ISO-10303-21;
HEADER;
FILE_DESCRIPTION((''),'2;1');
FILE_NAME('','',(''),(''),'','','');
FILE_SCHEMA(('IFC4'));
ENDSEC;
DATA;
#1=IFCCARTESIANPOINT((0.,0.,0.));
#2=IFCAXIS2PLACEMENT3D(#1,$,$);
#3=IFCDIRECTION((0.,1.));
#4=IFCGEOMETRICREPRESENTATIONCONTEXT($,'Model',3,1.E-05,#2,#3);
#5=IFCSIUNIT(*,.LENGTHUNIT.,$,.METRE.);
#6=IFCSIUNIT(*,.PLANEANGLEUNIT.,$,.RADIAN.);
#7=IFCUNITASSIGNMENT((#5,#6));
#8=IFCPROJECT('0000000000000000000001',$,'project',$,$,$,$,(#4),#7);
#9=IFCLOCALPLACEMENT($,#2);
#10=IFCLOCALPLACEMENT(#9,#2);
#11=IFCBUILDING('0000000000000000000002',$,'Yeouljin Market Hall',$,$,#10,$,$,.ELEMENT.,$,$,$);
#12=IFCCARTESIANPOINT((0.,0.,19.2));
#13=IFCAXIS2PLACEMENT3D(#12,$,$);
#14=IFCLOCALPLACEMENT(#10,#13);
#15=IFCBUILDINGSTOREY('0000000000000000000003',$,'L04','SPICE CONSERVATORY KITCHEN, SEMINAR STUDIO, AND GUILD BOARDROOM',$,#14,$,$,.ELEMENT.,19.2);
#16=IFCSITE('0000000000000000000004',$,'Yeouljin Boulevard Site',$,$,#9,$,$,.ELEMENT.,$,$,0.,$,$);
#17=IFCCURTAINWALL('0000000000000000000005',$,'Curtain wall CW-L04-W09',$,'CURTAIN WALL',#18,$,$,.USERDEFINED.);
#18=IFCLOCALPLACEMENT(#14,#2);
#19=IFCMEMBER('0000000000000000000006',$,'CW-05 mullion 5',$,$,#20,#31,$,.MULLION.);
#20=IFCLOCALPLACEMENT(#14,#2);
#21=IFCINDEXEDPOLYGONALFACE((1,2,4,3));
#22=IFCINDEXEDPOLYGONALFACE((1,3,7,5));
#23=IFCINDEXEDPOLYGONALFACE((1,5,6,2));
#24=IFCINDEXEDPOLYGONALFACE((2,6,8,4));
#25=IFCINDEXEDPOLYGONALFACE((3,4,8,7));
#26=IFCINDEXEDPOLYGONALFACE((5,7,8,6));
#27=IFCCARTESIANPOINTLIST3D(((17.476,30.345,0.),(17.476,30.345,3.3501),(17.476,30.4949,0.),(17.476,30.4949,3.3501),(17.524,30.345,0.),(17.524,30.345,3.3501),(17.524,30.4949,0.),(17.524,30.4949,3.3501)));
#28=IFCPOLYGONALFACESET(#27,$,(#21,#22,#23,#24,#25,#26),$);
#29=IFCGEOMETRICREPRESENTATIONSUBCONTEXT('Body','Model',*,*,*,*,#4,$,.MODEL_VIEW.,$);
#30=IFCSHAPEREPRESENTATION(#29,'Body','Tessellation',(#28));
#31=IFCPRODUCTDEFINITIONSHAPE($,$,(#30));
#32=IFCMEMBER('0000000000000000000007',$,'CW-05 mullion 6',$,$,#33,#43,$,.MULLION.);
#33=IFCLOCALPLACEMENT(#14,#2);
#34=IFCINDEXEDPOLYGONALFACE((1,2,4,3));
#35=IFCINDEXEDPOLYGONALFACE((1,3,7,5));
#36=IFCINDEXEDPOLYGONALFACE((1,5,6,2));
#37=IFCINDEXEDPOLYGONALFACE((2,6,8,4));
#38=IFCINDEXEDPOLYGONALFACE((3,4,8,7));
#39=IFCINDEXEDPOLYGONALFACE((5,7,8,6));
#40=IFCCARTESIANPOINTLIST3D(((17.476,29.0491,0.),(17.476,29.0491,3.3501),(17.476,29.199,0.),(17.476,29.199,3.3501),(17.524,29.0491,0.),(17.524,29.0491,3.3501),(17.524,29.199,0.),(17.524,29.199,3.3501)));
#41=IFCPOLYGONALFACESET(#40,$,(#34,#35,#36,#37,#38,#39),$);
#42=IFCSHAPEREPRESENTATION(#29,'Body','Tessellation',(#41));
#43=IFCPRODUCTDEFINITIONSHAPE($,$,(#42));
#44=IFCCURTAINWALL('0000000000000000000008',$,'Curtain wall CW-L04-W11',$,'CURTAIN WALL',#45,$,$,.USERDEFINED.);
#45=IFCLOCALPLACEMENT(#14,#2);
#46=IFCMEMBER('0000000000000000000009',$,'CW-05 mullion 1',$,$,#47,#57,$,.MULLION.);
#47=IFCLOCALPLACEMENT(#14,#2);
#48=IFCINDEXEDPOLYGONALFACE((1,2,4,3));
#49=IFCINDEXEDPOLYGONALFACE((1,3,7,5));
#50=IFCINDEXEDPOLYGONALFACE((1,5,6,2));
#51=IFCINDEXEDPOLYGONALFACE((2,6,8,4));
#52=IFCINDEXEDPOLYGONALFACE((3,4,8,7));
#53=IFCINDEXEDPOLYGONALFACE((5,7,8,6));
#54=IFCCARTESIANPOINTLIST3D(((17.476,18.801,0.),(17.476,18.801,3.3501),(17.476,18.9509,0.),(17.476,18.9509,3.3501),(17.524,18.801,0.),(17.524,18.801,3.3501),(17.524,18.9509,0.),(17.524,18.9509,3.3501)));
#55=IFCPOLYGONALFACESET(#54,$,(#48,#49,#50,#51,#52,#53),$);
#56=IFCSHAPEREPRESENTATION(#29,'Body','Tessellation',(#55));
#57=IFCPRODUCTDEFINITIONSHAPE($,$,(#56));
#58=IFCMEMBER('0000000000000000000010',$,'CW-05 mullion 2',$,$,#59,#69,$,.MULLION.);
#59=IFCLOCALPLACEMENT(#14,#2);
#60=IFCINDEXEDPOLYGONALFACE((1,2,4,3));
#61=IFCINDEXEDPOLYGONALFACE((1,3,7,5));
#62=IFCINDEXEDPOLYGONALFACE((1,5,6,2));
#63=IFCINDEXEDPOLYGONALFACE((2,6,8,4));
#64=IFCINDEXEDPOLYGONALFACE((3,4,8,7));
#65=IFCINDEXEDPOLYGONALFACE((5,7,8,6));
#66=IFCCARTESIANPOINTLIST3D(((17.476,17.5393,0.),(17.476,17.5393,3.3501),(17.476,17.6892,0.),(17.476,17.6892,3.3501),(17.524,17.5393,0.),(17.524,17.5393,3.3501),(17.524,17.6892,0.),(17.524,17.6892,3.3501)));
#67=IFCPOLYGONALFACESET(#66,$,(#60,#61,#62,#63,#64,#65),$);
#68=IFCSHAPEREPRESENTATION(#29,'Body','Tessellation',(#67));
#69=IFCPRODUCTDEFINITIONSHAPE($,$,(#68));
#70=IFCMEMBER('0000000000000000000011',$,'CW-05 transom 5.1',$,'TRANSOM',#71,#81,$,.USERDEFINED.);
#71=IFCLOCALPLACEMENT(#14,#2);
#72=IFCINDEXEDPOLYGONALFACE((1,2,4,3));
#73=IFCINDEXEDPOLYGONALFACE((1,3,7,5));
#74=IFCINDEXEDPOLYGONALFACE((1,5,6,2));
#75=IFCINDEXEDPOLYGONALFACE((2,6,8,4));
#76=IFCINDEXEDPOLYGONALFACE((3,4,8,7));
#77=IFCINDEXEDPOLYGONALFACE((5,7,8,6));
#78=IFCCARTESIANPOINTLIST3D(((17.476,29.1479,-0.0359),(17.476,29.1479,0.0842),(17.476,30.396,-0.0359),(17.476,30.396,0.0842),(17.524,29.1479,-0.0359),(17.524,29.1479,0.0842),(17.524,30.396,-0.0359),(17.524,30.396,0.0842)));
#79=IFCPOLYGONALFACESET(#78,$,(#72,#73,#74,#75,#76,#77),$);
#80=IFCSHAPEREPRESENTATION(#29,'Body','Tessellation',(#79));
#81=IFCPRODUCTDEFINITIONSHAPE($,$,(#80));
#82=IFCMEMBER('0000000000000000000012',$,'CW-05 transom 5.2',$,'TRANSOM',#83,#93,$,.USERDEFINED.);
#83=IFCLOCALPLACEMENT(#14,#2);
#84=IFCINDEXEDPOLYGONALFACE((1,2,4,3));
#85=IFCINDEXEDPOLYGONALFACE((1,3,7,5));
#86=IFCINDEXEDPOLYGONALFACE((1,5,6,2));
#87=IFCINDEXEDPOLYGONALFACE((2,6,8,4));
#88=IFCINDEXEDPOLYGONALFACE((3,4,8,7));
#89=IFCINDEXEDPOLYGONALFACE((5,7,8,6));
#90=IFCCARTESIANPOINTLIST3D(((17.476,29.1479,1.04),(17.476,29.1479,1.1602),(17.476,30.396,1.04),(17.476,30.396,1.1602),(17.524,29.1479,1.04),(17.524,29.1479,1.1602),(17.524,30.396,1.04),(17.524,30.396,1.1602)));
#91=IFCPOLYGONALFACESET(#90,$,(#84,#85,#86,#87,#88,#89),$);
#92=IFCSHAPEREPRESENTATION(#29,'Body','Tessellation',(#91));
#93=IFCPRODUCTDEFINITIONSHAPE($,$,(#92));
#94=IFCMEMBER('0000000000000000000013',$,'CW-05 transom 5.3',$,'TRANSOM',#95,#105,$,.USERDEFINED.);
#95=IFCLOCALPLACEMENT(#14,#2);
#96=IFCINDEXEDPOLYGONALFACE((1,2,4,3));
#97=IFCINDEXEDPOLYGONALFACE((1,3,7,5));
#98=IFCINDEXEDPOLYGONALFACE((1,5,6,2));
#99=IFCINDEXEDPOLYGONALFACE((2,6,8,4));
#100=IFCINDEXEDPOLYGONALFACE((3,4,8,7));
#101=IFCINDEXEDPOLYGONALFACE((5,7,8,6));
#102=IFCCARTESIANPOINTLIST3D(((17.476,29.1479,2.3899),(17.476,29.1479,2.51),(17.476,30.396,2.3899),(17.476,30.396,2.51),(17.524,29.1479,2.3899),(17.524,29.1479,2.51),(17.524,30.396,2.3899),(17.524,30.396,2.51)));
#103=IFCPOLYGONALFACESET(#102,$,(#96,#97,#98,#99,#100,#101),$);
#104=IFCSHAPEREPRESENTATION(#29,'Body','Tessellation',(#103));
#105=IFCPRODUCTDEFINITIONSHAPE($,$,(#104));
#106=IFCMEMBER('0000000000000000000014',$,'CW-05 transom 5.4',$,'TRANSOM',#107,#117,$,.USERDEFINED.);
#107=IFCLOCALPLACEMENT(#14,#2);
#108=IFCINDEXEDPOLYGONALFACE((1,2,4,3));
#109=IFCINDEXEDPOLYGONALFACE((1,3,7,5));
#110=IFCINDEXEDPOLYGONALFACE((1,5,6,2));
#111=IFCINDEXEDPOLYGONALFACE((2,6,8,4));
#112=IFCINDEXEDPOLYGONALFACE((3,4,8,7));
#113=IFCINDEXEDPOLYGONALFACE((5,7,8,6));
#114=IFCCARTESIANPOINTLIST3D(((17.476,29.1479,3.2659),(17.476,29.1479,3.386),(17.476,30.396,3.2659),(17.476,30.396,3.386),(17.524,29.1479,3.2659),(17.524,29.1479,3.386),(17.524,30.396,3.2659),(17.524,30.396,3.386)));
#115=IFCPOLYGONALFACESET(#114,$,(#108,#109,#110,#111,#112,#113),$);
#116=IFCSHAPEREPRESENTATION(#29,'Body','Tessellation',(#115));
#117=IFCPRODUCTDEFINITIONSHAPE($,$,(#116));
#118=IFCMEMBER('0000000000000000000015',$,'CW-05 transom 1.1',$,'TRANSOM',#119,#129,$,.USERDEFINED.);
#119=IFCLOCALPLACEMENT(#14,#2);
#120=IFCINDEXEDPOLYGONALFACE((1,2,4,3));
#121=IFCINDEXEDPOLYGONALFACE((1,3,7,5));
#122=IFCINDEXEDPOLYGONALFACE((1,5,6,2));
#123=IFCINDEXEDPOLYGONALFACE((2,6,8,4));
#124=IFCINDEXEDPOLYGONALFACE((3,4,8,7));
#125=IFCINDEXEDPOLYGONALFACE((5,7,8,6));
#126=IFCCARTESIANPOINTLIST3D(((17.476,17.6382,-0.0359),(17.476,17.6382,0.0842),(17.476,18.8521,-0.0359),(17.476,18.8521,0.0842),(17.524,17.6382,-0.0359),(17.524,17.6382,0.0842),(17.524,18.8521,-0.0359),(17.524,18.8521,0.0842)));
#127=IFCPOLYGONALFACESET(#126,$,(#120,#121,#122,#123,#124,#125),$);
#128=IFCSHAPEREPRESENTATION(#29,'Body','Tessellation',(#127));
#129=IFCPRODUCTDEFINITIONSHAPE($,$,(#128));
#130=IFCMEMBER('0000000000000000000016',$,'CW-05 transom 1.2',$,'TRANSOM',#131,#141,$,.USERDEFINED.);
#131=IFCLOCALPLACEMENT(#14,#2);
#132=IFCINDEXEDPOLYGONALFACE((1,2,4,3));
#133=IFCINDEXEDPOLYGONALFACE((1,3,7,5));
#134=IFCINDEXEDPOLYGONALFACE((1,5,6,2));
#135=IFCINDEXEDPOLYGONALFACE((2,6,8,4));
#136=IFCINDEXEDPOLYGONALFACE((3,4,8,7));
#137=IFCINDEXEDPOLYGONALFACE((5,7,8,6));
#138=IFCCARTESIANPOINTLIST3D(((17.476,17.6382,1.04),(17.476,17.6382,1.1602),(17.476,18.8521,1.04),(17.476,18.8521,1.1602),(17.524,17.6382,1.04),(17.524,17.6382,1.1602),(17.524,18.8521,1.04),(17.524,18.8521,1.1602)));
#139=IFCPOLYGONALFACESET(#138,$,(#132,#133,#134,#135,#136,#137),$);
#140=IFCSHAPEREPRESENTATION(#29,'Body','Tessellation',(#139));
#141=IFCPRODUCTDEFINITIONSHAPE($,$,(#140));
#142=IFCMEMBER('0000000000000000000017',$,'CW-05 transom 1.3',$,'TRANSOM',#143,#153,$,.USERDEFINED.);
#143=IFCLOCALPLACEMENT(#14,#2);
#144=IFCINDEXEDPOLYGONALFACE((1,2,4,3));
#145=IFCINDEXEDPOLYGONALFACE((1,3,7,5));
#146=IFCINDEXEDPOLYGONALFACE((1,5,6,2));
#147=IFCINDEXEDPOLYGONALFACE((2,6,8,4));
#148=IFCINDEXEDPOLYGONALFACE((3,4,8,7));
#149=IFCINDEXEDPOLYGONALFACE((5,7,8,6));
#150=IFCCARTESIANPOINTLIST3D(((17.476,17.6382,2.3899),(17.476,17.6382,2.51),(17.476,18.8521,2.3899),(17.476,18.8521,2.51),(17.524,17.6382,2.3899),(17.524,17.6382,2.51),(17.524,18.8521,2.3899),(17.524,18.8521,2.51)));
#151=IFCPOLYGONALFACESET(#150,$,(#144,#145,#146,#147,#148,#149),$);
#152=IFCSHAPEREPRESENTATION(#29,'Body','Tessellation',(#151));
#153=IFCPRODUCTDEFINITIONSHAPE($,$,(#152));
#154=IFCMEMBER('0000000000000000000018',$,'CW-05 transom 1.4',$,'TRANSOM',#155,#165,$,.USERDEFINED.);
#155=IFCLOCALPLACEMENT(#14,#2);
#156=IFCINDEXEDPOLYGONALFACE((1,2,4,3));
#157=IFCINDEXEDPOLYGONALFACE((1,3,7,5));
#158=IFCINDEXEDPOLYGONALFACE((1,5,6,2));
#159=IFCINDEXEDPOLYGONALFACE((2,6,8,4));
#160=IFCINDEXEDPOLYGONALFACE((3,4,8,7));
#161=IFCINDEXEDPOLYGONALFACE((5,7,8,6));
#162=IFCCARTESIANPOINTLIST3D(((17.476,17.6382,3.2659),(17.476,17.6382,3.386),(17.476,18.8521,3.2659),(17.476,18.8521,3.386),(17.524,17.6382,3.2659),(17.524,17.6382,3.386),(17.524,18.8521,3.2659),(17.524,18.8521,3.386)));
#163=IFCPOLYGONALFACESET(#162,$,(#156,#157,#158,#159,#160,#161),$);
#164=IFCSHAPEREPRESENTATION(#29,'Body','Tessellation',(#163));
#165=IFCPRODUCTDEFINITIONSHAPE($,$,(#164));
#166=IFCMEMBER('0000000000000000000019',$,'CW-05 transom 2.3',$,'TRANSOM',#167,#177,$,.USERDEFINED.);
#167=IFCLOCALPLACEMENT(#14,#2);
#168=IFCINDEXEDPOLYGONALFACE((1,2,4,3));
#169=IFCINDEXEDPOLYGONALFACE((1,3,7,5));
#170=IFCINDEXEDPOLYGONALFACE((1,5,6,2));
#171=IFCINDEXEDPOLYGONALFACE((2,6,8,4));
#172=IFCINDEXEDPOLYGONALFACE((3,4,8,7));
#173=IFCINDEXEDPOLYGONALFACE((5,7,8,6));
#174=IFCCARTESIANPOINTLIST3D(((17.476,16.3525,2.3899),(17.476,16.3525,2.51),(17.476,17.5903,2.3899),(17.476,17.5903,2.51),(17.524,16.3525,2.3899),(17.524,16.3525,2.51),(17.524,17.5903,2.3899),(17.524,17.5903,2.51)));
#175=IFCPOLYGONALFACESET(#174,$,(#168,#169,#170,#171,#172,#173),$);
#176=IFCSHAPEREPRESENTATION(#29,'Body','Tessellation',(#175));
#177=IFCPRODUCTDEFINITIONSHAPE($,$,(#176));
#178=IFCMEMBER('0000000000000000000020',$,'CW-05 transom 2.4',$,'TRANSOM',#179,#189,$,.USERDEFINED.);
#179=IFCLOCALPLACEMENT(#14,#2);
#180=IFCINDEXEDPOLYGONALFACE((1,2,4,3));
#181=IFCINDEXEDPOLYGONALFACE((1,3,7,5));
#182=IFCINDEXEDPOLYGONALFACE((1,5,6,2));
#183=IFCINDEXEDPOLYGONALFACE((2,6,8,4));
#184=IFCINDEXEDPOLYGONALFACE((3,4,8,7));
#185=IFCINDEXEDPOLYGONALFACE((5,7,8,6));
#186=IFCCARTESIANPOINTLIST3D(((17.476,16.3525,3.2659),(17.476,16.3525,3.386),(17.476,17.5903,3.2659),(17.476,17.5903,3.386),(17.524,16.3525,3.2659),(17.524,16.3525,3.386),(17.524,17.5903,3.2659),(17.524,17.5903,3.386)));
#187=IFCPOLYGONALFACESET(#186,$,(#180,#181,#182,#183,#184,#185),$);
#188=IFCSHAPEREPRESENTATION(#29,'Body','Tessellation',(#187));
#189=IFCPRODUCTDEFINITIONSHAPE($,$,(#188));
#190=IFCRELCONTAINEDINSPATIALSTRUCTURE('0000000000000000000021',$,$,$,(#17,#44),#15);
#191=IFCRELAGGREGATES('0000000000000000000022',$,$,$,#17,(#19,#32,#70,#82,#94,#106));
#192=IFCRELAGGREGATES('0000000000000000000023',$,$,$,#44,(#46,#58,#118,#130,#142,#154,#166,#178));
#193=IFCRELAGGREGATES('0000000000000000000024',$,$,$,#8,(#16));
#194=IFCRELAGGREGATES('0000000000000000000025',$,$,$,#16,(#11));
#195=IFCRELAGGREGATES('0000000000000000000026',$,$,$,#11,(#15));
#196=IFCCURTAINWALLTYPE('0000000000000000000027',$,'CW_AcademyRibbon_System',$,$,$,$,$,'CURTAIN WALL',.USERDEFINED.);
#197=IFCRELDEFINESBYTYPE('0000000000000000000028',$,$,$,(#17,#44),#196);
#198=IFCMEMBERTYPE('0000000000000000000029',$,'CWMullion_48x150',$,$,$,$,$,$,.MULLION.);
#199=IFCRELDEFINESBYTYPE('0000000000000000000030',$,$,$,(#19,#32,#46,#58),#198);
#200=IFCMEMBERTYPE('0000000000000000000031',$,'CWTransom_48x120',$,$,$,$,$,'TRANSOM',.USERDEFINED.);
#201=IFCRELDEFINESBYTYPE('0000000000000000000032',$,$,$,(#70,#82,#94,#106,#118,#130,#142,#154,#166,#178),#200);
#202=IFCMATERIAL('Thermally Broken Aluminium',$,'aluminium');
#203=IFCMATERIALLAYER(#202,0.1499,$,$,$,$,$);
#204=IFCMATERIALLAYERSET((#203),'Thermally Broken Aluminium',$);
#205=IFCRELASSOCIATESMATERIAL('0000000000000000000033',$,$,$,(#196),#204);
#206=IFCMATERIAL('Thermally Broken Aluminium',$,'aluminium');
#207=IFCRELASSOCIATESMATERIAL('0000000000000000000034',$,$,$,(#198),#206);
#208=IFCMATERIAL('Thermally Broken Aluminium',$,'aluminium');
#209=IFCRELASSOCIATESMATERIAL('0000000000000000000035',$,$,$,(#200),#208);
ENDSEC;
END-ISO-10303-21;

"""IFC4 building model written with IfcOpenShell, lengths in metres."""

from ifc_helpers import new_model, si_unit, direction, frame, origin, origin_2d, place, context, subcontext, project, spatial, rectangle, extrude, material, layer, layer_set, material_profile, profile_set, type_object, element, aggregate, save


model = new_model("IFC4")

# Units and contexts
model_context = context("Model", 3, precision=1e-05, world=origin(), true_north=direction((0.0, 1.0)))
body_context = subcontext(model_context, "Body", "Model", "MODEL_VIEW")
ifc_project = project(units=[si_unit("LENGTHUNIT", "METRE"), si_unit("PLANEANGLEUNIT", "RADIAN")], contexts=[model_context])

# Site, building, storey
site_placement = place(None, origin())
site = spatial("IfcSite", under=ifc_project, at=site_placement, Name="Yeouljin Boulevard Site", CompositionType="ELEMENT", RefElevation=0.0)
building_placement = place(site_placement, origin())
building = spatial("IfcBuilding", under=site, at=building_placement, Name="Yeouljin Market Hall", CompositionType="ELEMENT")
storey_placement = place(building_placement, frame((0.0, 0.0, 19.2)))
storey = spatial("IfcBuildingStorey", under=building, at=storey_placement, Name="L04", Description="SPICE CONSERVATORY KITCHEN, SEMINAR STUDIO, AND GUILD BOARDROOM", CompositionType="ELEMENT", Elevation=19.2)

# Curtain walls, members
ifc_material_1 = material(Name="Thermally Broken Aluminium", Category="aluminium")
ifc_layer_1 = layer(ifc_material_1, 0.1499)
ifc_layer_set_1 = layer_set([ifc_layer_1], Name="Thermally Broken Aluminium")
curtain_wall_type = type_object("IfcCurtainWallType", Name="CW_AcademyRibbon_System", ElementType="CURTAIN WALL", PredefinedType="USERDEFINED", material=ifc_layer_set_1)
curtain_wall_1_placement = place(storey_placement, origin())
curtain_wall_1 = element("IfcCurtainWall", 1, at=curtain_wall_1_placement, inside=storey, type_object=curtain_wall_type, Name="Curtain wall CW-L04-W09", ObjectType="CURTAIN WALL", PredefinedType="USERDEFINED")
ifc_material_2 = material(Name="Thermally Broken Aluminium", Category="aluminium")
ifc_material_profile_1 = material_profile(ifc_material_2, rectangle(XDim=0.0481, YDim=0.1499, at=origin_2d()), Name="CW-MULL-48x150")
ifc_profile_set_1 = profile_set([ifc_material_profile_1], Name="Thermally Broken Aluminium")
member_type_1 = type_object("IfcMemberType", Name="CWMullion_48x150", PredefinedType="MULLION", material=ifc_profile_set_1)
member_1_placement = place(storey_placement, frame((17.5, 30.4199, 0.0), z_axis=(0.0, 0.0, 1.0), x_axis=(1.0, 0.0, 0.0)))
member_1 = element("IfcMember", 2, at=member_1_placement, type_object=member_type_1, Name="CW-05 mullion 5", PredefinedType="MULLION", context=body_context, shape_type="SweptSolid", body=[
    extrude(rectangle(XDim=0.0481, YDim=0.1499, at=origin_2d()), origin(), (0.0, 0.0, 1.0), 3.3501),
])
member_2_placement = place(storey_placement, frame((17.5, 29.124, 0.0), z_axis=(0.0, 0.0, 1.0), x_axis=(1.0, 0.0, 0.0)))
member_2 = element("IfcMember", 3, at=member_2_placement, type_object=member_type_1, Name="CW-05 mullion 6", PredefinedType="MULLION", context=body_context, shape_type="SweptSolid", body=[
    extrude(rectangle(XDim=0.0481, YDim=0.1499, at=origin_2d()), origin(), (0.0, 0.0, 1.0), 3.3501),
])
curtain_wall_2_placement = place(storey_placement, origin())
curtain_wall_2 = element("IfcCurtainWall", 4, at=curtain_wall_2_placement, inside=storey, type_object=curtain_wall_type, Name="Curtain wall CW-L04-W11", ObjectType="CURTAIN WALL", PredefinedType="USERDEFINED")
member_3_placement = place(storey_placement, frame((17.5, 18.876, 0.0), z_axis=(0.0, 0.0, 1.0), x_axis=(1.0, 0.0, 0.0)))
member_3 = element("IfcMember", 5, at=member_3_placement, type_object=member_type_1, Name="CW-05 mullion 1", PredefinedType="MULLION", context=body_context, shape_type="SweptSolid", body=[
    extrude(rectangle(XDim=0.0481, YDim=0.1499, at=origin_2d()), origin(), (0.0, 0.0, 1.0), 3.3501),
])
member_4_placement = place(storey_placement, frame((17.5, 17.6143, 0.0), z_axis=(0.0, 0.0, 1.0), x_axis=(1.0, 0.0, 0.0)))
member_4 = element("IfcMember", 6, at=member_4_placement, type_object=member_type_1, Name="CW-05 mullion 2", PredefinedType="MULLION", context=body_context, shape_type="SweptSolid", body=[
    extrude(rectangle(XDim=0.0481, YDim=0.1499, at=origin_2d()), origin(), (0.0, 0.0, 1.0), 3.3501),
])

# Members
ifc_material_3 = material(Name="Thermally Broken Aluminium", Category="aluminium")
ifc_material_profile_2 = material_profile(ifc_material_3, rectangle(XDim=0.0481, YDim=0.1201, at=origin_2d()), Name="CW-TRAN-48x120")
ifc_profile_set_2 = profile_set([ifc_material_profile_2], Name="Thermally Broken Aluminium")
member_type_2 = type_object("IfcMemberType", Name="CWTransom_48x120", ElementType="TRANSOM", PredefinedType="USERDEFINED", material=ifc_profile_set_2)
member_5_placement = place(storey_placement, frame((17.5, 30.396, 0.0242), z_axis=(0.0, -1.0, 0.0), x_axis=(1.0, 0.0, 0.0)))
member_5 = element("IfcMember", 7, at=member_5_placement, type_object=member_type_2, Name="CW-05 transom 5.1", ObjectType="TRANSOM", PredefinedType="USERDEFINED", context=body_context, shape_type="SweptSolid", body=[
    extrude(rectangle(XDim=0.0481, YDim=0.1201, at=origin_2d()), origin(), (0.0, 0.0, 1.0), 1.248),
])
member_6_placement = place(storey_placement, frame((17.5, 30.396, 1.1001), z_axis=(0.0, -1.0, 0.0), x_axis=(1.0, 0.0, 0.0)))
member_6 = element("IfcMember", 8, at=member_6_placement, type_object=member_type_2, Name="CW-05 transom 5.2", ObjectType="TRANSOM", PredefinedType="USERDEFINED", context=body_context, shape_type="SweptSolid", body=[
    extrude(rectangle(XDim=0.0481, YDim=0.1201, at=origin_2d()), origin(), (0.0, 0.0, 1.0), 1.248),
])
member_7_placement = place(storey_placement, frame((17.5, 30.396, 2.45), z_axis=(0.0, -1.0, 0.0), x_axis=(1.0, 0.0, 0.0)))
member_7 = element("IfcMember", 9, at=member_7_placement, type_object=member_type_2, Name="CW-05 transom 5.3", ObjectType="TRANSOM", PredefinedType="USERDEFINED", context=body_context, shape_type="SweptSolid", body=[
    extrude(rectangle(XDim=0.0481, YDim=0.1201, at=origin_2d()), origin(), (0.0, 0.0, 1.0), 1.248),
])
member_8_placement = place(storey_placement, frame((17.5, 30.396, 3.3259), z_axis=(0.0, -1.0, 0.0), x_axis=(1.0, 0.0, 0.0)))
member_8 = element("IfcMember", 10, at=member_8_placement, type_object=member_type_2, Name="CW-05 transom 5.4", ObjectType="TRANSOM", PredefinedType="USERDEFINED", context=body_context, shape_type="SweptSolid", body=[
    extrude(rectangle(XDim=0.0481, YDim=0.1201, at=origin_2d()), origin(), (0.0, 0.0, 1.0), 1.248),
])
member_9_placement = place(storey_placement, frame((17.5, 18.8521, 0.0242), z_axis=(0.0, -1.0, 0.0), x_axis=(1.0, 0.0, 0.0)))
member_9 = element("IfcMember", 11, at=member_9_placement, type_object=member_type_2, Name="CW-05 transom 1.1", ObjectType="TRANSOM", PredefinedType="USERDEFINED", context=body_context, shape_type="SweptSolid", body=[
    extrude(rectangle(XDim=0.0481, YDim=0.1201, at=origin_2d()), origin(), (0.0, 0.0, 1.0), 1.2139),
])
member_10_placement = place(storey_placement, frame((17.5, 18.8521, 1.1001), z_axis=(0.0, -1.0, 0.0), x_axis=(1.0, 0.0, 0.0)))
member_10 = element("IfcMember", 12, at=member_10_placement, type_object=member_type_2, Name="CW-05 transom 1.2", ObjectType="TRANSOM", PredefinedType="USERDEFINED", context=body_context, shape_type="SweptSolid", body=[
    extrude(rectangle(XDim=0.0481, YDim=0.1201, at=origin_2d()), origin(), (0.0, 0.0, 1.0), 1.2139),
])
member_11_placement = place(storey_placement, frame((17.5, 18.8521, 2.45), z_axis=(0.0, -1.0, 0.0), x_axis=(1.0, 0.0, 0.0)))
member_11 = element("IfcMember", 13, at=member_11_placement, type_object=member_type_2, Name="CW-05 transom 1.3", ObjectType="TRANSOM", PredefinedType="USERDEFINED", context=body_context, shape_type="SweptSolid", body=[
    extrude(rectangle(XDim=0.0481, YDim=0.1201, at=origin_2d()), origin(), (0.0, 0.0, 1.0), 1.2139),
])
member_12_placement = place(storey_placement, frame((17.5, 18.8521, 3.3259), z_axis=(0.0, -1.0, 0.0), x_axis=(1.0, 0.0, 0.0)))
member_12 = element("IfcMember", 14, at=member_12_placement, type_object=member_type_2, Name="CW-05 transom 1.4", ObjectType="TRANSOM", PredefinedType="USERDEFINED", context=body_context, shape_type="SweptSolid", body=[
    extrude(rectangle(XDim=0.0481, YDim=0.1201, at=origin_2d()), origin(), (0.0, 0.0, 1.0), 1.2139),
])
member_13_placement = place(storey_placement, frame((17.5, 17.5903, 2.45), z_axis=(0.0, -1.0, 0.0), x_axis=(1.0, 0.0, 0.0)))
member_13 = element("IfcMember", 15, at=member_13_placement, type_object=member_type_2, Name="CW-05 transom 2.3", ObjectType="TRANSOM", PredefinedType="USERDEFINED", context=body_context, shape_type="SweptSolid", body=[
    extrude(rectangle(XDim=0.0481, YDim=0.1201, at=origin_2d()), origin(), (0.0, 0.0, 1.0), 1.2378),
])
member_14_placement = place(storey_placement, frame((17.5, 17.5903, 3.3259), z_axis=(0.0, -1.0, 0.0), x_axis=(1.0, 0.0, 0.0)))
member_14 = element("IfcMember", 16, at=member_14_placement, type_object=member_type_2, Name="CW-05 transom 2.4", ObjectType="TRANSOM", PredefinedType="USERDEFINED", context=body_context, shape_type="SweptSolid", body=[
    extrude(rectangle(XDim=0.0481, YDim=0.1201, at=origin_2d()), origin(), (0.0, 0.0, 1.0), 1.2378),
])

aggregate(curtain_wall_1, [member_1, member_2, member_5, member_6, member_7, member_8])
aggregate(curtain_wall_2, [member_3, member_4, member_9, member_10, member_11, member_12, member_13, member_14])

save(model, "model.ifc")
